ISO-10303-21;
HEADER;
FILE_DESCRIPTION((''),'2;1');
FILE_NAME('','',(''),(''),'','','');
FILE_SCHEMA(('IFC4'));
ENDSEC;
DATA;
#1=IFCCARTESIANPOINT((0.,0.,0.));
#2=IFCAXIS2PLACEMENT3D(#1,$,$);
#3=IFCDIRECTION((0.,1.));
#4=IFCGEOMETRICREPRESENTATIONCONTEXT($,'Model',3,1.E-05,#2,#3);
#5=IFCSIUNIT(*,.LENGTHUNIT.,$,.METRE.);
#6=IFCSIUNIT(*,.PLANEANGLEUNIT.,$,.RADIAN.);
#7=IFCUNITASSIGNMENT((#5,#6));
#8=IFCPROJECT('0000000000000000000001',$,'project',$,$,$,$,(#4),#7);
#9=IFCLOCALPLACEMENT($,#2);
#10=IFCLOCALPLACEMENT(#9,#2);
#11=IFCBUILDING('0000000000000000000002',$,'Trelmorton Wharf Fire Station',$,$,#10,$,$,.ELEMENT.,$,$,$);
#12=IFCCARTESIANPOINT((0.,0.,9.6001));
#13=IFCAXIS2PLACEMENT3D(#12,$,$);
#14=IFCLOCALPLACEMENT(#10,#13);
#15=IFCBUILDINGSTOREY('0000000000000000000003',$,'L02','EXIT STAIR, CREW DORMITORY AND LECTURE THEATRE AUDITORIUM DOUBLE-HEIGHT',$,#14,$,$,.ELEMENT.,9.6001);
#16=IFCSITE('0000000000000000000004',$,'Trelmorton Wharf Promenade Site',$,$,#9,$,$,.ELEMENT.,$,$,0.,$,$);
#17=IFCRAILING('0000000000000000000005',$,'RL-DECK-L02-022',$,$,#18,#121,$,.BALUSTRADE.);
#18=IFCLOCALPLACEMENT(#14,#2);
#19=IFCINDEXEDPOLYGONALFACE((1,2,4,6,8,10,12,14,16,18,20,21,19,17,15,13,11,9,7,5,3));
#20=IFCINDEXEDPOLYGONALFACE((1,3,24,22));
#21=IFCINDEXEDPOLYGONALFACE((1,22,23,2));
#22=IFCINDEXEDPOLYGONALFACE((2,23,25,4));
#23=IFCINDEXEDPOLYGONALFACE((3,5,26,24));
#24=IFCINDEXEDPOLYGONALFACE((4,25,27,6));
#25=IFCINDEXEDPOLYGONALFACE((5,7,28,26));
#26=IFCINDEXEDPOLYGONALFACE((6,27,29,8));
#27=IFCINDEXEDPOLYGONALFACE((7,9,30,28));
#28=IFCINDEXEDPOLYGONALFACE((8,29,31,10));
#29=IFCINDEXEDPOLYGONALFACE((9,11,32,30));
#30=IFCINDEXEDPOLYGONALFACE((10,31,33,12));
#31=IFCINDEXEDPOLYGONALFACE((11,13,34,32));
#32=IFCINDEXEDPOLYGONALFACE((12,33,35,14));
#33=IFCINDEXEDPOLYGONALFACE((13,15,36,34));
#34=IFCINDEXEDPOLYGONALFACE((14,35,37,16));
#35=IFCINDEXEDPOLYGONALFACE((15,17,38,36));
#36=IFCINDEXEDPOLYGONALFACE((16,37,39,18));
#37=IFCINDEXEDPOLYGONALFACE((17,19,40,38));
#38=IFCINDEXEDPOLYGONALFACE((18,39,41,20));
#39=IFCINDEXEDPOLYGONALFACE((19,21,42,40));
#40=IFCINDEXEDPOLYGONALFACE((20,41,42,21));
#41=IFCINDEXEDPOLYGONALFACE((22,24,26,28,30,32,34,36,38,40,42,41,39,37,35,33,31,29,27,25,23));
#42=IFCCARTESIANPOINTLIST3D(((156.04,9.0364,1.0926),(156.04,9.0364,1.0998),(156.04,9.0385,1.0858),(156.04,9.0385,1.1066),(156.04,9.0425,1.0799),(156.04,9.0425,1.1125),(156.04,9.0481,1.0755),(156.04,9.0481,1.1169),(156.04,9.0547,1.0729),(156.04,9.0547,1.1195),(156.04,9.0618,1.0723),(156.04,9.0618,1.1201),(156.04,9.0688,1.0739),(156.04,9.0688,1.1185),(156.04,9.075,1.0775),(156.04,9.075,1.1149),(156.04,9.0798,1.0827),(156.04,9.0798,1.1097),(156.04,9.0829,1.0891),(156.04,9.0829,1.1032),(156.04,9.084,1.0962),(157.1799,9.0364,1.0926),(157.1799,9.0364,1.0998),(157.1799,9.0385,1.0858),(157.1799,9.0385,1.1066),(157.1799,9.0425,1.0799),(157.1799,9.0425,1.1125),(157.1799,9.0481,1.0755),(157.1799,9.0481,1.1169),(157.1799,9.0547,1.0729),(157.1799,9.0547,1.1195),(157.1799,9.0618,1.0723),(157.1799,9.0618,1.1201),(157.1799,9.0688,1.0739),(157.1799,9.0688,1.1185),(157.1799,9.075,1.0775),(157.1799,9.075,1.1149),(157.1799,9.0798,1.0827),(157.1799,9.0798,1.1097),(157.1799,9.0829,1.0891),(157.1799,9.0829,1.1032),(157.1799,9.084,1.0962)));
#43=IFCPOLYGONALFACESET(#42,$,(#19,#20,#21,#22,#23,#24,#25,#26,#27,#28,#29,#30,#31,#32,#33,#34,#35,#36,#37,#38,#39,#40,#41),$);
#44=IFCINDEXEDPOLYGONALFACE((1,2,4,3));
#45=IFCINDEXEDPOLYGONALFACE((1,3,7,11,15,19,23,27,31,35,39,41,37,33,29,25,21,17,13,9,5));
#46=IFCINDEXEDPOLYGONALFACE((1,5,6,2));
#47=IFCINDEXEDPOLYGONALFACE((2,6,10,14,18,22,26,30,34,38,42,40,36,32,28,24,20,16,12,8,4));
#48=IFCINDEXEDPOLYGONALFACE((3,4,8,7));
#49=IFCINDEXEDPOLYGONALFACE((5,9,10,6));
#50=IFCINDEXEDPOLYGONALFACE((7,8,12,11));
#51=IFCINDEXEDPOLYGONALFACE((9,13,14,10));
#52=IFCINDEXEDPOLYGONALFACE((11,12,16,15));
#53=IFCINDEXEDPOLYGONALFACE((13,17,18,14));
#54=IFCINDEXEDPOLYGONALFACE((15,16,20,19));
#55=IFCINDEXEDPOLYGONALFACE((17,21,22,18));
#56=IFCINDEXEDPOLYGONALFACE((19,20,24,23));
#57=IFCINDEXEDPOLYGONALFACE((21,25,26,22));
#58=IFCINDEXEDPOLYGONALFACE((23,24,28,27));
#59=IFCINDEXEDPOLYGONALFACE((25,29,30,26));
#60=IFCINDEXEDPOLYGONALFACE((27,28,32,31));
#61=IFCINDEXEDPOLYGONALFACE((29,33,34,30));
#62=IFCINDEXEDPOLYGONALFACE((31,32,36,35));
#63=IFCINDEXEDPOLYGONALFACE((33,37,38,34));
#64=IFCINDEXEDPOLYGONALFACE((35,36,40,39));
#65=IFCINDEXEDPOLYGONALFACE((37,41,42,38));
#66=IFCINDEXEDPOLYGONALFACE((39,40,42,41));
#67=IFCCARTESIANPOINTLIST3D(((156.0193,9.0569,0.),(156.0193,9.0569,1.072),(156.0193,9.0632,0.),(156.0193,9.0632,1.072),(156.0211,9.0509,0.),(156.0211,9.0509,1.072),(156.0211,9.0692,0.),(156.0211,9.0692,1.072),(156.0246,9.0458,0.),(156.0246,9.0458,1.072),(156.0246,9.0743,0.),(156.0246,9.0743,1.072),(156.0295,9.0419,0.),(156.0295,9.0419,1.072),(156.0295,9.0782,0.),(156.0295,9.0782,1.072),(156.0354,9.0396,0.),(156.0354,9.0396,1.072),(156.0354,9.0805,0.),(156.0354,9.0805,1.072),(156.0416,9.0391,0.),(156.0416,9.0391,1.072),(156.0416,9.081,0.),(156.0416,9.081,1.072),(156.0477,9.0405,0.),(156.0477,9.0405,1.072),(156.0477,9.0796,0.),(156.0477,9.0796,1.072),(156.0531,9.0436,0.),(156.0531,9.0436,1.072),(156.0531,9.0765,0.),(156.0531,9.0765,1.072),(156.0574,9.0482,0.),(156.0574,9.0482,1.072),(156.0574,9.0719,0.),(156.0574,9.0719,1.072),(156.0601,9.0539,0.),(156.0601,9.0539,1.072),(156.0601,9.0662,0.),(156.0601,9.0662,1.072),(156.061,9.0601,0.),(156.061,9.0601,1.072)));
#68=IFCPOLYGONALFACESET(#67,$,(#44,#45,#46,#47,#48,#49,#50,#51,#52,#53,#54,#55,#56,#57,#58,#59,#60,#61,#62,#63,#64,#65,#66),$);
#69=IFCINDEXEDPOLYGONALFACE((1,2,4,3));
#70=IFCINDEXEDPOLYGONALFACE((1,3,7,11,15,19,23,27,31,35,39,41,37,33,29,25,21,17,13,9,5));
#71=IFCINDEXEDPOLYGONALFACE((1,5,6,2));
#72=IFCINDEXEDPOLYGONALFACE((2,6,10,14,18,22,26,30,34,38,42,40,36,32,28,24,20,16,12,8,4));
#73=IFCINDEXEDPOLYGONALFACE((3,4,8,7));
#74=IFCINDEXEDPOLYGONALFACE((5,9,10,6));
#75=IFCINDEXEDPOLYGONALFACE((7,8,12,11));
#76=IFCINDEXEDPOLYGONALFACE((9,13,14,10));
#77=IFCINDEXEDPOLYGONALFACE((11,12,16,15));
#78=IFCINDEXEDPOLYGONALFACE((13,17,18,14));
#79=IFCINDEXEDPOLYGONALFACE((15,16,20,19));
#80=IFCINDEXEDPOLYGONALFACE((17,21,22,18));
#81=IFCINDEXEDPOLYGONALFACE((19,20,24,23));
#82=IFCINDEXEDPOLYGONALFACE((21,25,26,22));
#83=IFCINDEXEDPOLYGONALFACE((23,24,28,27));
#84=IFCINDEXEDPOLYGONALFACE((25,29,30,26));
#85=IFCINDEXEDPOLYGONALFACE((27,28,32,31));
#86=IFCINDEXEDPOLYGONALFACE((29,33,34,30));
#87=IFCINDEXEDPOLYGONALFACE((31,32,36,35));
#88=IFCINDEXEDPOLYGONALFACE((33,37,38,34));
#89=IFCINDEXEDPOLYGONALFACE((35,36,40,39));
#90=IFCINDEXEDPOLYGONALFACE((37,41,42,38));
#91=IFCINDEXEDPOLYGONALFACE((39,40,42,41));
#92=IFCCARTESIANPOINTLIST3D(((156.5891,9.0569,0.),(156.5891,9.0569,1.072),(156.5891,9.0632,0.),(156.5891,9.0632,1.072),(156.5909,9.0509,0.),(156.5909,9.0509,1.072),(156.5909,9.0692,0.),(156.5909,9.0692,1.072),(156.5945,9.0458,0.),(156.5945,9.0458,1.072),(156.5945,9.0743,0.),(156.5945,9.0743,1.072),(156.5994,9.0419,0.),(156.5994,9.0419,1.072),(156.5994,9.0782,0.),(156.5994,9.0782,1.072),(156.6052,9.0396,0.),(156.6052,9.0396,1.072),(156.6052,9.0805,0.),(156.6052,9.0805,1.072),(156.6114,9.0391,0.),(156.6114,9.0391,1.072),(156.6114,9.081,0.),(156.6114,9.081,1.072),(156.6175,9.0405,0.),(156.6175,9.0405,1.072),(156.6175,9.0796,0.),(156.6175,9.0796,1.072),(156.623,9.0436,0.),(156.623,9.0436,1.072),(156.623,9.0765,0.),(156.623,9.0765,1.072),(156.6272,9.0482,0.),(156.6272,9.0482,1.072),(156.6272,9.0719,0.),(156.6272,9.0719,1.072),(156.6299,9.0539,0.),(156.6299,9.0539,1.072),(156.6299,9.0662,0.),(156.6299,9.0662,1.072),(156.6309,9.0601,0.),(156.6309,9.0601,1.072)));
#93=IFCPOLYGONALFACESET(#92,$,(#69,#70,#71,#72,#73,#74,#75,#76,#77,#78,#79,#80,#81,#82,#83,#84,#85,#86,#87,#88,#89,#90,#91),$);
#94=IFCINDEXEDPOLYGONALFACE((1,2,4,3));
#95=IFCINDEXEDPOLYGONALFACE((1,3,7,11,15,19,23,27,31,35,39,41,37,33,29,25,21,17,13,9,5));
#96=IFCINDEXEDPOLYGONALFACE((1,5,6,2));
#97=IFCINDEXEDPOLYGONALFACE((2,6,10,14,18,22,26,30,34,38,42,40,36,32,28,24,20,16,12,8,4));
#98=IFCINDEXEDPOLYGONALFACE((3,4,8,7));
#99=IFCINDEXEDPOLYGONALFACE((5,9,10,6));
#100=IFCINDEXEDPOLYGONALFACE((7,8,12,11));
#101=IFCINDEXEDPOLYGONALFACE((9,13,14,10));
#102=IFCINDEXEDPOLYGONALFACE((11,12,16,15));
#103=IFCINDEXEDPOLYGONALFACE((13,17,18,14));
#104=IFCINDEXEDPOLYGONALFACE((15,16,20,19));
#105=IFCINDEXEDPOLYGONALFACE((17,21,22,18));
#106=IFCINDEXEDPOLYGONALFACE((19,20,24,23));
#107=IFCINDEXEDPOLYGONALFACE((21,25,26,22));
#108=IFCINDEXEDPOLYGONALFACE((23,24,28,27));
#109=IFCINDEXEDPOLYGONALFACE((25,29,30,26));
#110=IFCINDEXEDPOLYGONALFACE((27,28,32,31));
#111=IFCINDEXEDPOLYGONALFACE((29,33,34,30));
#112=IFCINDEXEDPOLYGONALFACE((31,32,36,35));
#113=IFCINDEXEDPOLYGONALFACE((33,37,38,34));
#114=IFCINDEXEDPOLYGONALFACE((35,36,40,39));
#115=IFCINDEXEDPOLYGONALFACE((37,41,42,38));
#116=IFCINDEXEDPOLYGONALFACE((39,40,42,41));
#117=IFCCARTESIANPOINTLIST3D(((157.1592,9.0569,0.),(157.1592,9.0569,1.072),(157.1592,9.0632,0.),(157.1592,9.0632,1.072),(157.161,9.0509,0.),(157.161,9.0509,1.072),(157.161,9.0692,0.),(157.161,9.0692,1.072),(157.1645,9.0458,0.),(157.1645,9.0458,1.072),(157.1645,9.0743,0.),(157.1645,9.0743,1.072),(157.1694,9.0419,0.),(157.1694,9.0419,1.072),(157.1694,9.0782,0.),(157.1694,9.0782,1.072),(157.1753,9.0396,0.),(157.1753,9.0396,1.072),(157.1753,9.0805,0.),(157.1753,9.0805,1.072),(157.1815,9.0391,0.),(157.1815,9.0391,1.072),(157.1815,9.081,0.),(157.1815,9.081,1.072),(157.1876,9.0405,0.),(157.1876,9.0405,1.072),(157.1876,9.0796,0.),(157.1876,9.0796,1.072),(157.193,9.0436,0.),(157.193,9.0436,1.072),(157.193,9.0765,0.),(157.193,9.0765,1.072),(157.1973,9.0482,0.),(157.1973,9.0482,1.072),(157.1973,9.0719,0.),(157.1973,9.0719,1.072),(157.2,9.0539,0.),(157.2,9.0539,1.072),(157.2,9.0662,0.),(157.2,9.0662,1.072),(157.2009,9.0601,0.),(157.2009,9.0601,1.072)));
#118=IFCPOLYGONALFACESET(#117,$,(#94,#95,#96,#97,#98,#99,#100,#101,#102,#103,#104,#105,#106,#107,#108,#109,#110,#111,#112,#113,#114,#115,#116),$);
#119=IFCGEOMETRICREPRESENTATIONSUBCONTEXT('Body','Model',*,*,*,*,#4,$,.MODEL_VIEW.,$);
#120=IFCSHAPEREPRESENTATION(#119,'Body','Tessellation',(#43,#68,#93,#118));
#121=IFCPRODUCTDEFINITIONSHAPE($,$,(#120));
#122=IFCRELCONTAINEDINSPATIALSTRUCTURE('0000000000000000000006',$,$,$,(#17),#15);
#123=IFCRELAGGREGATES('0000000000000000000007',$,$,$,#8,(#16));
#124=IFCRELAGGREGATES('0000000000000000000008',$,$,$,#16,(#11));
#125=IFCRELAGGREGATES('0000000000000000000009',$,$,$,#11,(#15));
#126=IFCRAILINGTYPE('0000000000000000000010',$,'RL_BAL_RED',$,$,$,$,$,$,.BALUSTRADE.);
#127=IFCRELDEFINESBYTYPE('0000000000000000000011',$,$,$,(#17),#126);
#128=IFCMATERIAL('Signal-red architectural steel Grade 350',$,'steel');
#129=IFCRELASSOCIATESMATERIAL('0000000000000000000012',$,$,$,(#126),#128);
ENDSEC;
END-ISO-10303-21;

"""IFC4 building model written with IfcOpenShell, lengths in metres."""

from ifc_helpers import new_model, si_unit, direction, frame, origin, origin_2d, place, context, subcontext, project, spatial, circle, extrude, material, type_object, element, save


model = new_model("IFC4")

# Units and contexts
model_context = context("Model", 3, precision=1e-05, world=origin(), true_north=direction((0.0, 1.0)))
body_context = subcontext(model_context, "Body", "Model", "MODEL_VIEW")
ifc_project = project(units=[si_unit("LENGTHUNIT", "METRE"), si_unit("PLANEANGLEUNIT", "RADIAN")], contexts=[model_context])

# Site, building, storey
site_placement = place(None, origin())
site = spatial("IfcSite", under=ifc_project, at=site_placement, Name="Trelmorton Wharf Promenade Site", CompositionType="ELEMENT", RefElevation=0.0)
building_placement = place(site_placement, origin())
building = spatial("IfcBuilding", under=site, at=building_placement, Name="Trelmorton Wharf Fire Station", CompositionType="ELEMENT")
storey_placement = place(building_placement, frame((0.0, 0.0, 9.6001)))
storey = spatial("IfcBuildingStorey", under=building, at=storey_placement, Name="L02", Description="EXIT STAIR, CREW DORMITORY AND LECTURE THEATRE AUDITORIUM DOUBLE-HEIGHT", CompositionType="ELEMENT", Elevation=9.6001)

# Railing
ifc_material_1 = material(Name="Signal-red architectural steel Grade 350", Category="steel")
railing_type = type_object("IfcRailingType", Name="RL_BAL_RED", PredefinedType="BALUSTRADE", material=ifc_material_1)
railing_1_placement = place(storey_placement, frame((156.04, 9.0601, 0.0)))
element("IfcRailing", 1, at=railing_1_placement, inside=storey, type_object=railing_type, Name="RL-DECK-L02-022", PredefinedType="BALUSTRADE", context=body_context, shape_type="SweptSolid", body=[
    extrude(circle(Radius=0.0239, at=origin_2d()), frame((0.0, 0.0, 1.0962), z_axis=(1.0, 0.0, 0.0), x_axis=(0.0, 1.0, 0.0)), (0.0, 0.0, 1.0), 1.1399),
    extrude(circle(Radius=0.021, at=origin_2d()), origin(), (0.0, 0.0, 1.0), 1.072),
    extrude(circle(Radius=0.021, at=origin_2d()), frame((0.5698, 0.0, 0.0)), (0.0, 0.0, 1.0), 1.072),
    extrude(circle(Radius=0.021, at=origin_2d()), frame((1.1399, 0.0, 0.0)), (0.0, 0.0, 1.0), 1.072),
])

save(model, "model.ifc")
